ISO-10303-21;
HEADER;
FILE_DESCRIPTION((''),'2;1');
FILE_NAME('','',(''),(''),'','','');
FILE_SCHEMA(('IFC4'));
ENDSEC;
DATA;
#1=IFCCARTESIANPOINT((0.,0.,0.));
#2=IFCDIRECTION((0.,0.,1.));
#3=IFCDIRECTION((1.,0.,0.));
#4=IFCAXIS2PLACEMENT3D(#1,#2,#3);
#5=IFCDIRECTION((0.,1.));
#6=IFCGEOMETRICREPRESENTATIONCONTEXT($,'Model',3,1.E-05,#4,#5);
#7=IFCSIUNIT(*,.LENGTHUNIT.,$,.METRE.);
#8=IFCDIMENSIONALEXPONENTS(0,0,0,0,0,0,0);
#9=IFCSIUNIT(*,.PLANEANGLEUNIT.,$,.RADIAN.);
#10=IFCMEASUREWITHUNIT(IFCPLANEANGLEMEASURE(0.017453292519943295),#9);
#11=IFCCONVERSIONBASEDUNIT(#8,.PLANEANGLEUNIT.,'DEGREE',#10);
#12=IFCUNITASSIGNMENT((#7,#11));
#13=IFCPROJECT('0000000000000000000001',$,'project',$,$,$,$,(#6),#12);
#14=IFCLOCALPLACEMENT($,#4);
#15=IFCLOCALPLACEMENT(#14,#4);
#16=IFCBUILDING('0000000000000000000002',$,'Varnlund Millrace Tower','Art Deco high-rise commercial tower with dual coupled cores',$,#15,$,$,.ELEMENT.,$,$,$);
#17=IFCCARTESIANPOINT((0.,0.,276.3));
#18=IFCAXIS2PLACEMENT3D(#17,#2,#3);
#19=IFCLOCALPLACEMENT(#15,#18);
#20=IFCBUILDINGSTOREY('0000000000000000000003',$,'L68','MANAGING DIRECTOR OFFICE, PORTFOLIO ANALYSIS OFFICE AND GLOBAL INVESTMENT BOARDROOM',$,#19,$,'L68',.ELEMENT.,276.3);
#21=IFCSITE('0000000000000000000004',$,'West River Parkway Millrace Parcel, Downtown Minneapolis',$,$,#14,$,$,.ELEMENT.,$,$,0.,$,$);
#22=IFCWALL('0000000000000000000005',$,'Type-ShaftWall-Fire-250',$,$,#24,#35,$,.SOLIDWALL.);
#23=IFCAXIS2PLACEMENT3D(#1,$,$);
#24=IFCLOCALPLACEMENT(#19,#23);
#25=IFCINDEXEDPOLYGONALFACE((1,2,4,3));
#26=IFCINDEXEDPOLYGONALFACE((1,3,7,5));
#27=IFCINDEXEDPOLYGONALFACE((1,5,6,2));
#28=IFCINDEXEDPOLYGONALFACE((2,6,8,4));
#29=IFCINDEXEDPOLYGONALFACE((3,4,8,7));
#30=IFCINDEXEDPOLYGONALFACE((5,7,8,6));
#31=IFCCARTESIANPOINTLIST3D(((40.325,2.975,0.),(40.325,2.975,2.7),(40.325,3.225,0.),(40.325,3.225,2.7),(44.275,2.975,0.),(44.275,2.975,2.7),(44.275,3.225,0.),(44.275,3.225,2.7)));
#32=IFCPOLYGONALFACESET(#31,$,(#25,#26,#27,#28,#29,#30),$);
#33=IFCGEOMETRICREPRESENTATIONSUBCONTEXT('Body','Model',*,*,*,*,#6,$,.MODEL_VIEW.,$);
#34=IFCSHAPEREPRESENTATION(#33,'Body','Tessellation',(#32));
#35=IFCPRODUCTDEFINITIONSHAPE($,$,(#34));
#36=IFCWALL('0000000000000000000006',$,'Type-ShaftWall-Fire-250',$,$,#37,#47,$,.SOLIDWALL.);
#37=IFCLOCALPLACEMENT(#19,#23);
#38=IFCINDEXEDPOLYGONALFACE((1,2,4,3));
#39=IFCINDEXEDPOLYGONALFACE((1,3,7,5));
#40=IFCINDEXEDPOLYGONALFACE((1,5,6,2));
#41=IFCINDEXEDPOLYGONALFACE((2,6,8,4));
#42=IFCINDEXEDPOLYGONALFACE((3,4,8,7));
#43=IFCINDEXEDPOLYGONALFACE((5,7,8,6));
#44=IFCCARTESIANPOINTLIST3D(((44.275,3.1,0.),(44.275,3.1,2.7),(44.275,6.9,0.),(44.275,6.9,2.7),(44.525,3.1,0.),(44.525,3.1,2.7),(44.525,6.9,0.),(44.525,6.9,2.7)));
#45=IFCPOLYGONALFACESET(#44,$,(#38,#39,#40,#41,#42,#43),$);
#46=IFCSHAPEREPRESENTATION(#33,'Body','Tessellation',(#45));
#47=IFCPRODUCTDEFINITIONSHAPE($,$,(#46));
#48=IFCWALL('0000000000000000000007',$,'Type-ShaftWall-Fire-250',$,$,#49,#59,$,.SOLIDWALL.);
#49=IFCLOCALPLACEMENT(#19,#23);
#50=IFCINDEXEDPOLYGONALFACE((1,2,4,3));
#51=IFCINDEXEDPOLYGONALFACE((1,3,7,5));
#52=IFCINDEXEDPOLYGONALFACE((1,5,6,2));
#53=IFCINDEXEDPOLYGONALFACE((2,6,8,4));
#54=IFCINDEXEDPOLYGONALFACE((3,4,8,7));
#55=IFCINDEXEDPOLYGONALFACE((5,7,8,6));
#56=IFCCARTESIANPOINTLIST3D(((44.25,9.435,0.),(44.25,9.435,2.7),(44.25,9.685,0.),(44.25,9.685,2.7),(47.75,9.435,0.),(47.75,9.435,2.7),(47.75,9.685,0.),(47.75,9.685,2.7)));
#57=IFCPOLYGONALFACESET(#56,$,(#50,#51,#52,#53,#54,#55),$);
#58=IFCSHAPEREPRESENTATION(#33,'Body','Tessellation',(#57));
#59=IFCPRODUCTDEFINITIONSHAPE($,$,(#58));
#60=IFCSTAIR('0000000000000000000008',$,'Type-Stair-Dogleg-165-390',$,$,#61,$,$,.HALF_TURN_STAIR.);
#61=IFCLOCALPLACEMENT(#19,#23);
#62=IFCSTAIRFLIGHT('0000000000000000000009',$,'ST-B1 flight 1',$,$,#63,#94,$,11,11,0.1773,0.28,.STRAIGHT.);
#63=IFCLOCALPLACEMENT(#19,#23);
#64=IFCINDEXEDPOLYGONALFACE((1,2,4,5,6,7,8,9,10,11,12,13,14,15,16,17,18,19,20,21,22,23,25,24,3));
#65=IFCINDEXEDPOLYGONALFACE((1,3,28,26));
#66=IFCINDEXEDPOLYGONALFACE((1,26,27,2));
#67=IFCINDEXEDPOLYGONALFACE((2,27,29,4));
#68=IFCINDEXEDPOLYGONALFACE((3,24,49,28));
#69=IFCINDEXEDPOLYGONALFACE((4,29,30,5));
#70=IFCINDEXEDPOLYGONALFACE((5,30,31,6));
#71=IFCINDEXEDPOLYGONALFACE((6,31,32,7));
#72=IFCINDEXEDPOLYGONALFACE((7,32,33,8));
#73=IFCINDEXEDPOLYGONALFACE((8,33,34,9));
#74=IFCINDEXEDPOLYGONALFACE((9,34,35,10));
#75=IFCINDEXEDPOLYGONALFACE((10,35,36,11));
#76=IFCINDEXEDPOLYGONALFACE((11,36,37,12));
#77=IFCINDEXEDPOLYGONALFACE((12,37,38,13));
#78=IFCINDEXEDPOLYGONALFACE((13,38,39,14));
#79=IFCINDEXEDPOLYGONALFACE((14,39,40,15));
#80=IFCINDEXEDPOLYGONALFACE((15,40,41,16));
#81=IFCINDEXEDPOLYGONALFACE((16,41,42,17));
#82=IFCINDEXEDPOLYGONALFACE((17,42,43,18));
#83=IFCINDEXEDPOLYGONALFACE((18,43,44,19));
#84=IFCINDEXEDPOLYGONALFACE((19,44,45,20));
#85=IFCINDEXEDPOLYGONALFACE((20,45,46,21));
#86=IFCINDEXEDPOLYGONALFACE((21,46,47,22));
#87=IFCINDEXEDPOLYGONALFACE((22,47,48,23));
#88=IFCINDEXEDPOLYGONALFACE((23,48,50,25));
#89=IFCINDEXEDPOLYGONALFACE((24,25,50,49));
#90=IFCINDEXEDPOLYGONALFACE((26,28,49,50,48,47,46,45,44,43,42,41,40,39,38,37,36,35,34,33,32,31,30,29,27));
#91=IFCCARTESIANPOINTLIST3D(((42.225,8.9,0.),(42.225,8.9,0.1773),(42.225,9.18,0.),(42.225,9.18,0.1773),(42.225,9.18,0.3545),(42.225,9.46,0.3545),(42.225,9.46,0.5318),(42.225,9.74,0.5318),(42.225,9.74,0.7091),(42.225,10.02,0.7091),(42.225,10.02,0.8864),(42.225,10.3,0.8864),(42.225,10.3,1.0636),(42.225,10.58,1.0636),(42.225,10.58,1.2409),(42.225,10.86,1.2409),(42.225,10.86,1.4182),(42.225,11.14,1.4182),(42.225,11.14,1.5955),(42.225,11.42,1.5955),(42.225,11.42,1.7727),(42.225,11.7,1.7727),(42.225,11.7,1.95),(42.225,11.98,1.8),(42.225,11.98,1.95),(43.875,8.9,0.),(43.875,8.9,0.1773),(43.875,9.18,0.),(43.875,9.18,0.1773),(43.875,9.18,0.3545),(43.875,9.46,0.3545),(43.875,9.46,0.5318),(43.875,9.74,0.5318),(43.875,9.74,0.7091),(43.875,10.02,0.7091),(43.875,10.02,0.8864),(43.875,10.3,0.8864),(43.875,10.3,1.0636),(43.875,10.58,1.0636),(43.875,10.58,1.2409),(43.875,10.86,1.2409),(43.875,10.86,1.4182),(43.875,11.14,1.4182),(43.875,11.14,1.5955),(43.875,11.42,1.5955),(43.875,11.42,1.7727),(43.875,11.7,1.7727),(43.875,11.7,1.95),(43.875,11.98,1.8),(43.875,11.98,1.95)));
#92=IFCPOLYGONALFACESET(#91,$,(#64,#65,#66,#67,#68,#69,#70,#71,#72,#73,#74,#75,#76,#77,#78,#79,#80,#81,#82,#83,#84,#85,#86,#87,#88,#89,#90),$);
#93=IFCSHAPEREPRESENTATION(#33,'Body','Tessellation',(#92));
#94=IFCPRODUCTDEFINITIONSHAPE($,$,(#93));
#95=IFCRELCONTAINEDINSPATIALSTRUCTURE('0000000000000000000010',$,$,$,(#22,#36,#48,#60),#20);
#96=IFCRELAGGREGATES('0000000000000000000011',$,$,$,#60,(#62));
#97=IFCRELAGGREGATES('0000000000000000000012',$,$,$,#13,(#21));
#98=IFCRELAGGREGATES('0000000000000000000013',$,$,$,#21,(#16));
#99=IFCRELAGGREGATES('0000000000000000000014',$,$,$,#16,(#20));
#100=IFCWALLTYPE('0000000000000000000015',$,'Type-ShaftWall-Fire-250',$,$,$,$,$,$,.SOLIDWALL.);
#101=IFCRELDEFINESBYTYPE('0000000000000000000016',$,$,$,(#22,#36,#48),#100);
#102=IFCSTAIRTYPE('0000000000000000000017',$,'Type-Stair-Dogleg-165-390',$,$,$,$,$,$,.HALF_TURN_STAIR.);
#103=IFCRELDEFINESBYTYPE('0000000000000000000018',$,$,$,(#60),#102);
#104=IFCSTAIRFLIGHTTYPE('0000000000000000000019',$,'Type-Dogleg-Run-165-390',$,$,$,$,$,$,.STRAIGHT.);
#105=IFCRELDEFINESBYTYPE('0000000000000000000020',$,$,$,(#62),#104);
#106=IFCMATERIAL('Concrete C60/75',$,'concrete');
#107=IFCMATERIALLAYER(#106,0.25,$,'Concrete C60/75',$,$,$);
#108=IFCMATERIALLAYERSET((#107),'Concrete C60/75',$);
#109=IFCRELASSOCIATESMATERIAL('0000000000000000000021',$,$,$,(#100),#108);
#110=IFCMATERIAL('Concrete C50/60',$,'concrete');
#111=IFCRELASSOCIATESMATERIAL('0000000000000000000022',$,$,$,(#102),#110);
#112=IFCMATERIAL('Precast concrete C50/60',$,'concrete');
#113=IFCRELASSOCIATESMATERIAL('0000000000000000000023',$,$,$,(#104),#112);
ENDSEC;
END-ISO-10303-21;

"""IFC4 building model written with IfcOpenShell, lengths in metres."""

from ifc_helpers import new_model, entity, si_unit, converted_unit, direction, frame, origin_with_axes, place, context, subcontext, project, spatial, polyline, outline, extrude, material, layer, layer_set, type_object, element, aggregate, save


model = new_model("IFC4")

# Units and contexts
model_context = context("Model", 3, precision=1e-05, world=origin_with_axes(), true_north=direction((0.0, 1.0)))
body_context = subcontext(model_context, "Body", "Model", "MODEL_VIEW")
ifc_project = project(units=[si_unit("LENGTHUNIT", "METRE"), converted_unit("PLANEANGLEUNIT", "DEGREE", entity("IfcPlaneAngleMeasure", 0.017453292519943295), si_unit("PLANEANGLEUNIT", "RADIAN"), dimensions=[0, 0, 0, 0, 0, 0, 0])], contexts=[model_context])

# Site, building, storey
site_placement = place(None, origin_with_axes())
site = spatial("IfcSite", under=ifc_project, at=site_placement, Name="West River Parkway Millrace Parcel, Downtown Minneapolis", CompositionType="ELEMENT", RefElevation=0.0)
building_placement = place(site_placement, origin_with_axes())
building = spatial("IfcBuilding", under=site, at=building_placement, Name="Varnlund Millrace Tower", Description="Art Deco high-rise commercial tower with dual coupled cores", CompositionType="ELEMENT")
storey_placement = place(building_placement, frame((0.0, 0.0, 276.3), z_axis=(0.0, 0.0, 1.0), x_axis=(1.0, 0.0, 0.0)))
storey = spatial("IfcBuildingStorey", under=building, at=storey_placement, Name="L68", Description="MANAGING DIRECTOR OFFICE, PORTFOLIO ANALYSIS OFFICE AND GLOBAL INVESTMENT BOARDROOM", LongName="L68", CompositionType="ELEMENT", Elevation=276.3)

# Shared definitions
ifc_material_1 = material(Name="Concrete C60/75", Category="concrete")

# Shared definitions
ifc_layer = layer(ifc_material_1, 0.25, Name="Concrete C60/75")
ifc_layer_set = layer_set([ifc_layer], Name="Concrete C60/75")
wall_type = type_object("IfcWallType", Name="Type-ShaftWall-Fire-250", PredefinedType="SOLIDWALL", material=ifc_layer_set)

# Walls
wall_1_placement = place(storey_placement, frame((40.325, 3.1, 0.0), z_axis=(0.0, 0.0, 1.0), x_axis=(1.0, 0.0, 0.0)))
element("IfcWall", 1, at=wall_1_placement, inside=storey, type_object=wall_type, Name="Type-ShaftWall-Fire-250", PredefinedType="SOLIDWALL", context=body_context, shape_type="SweptSolid", body=[
    extrude(outline(polyline([(0.0, -0.125), (3.95, -0.125), (3.95, 0.125), (0.0, 0.125), (0.0, -0.125)])), origin_with_axes(), (0.0, 0.0, 1.0), 2.7),
])
wall_2_placement = place(storey_placement, frame((44.4, 3.1, 0.0), z_axis=(0.0, 0.0, 1.0), x_axis=(0.0, 1.0, 0.0)))
element("IfcWall", 2, at=wall_2_placement, inside=storey, type_object=wall_type, Name="Type-ShaftWall-Fire-250", PredefinedType="SOLIDWALL", context=body_context, shape_type="SweptSolid", body=[
    extrude(outline(polyline([(0.0, -0.125), (3.8, -0.125), (3.8, 0.125), (0.0, 0.125), (0.0, -0.125)])), origin_with_axes(), (0.0, 0.0, 1.0), 2.7),
])
wall_3_placement = place(storey_placement, frame((44.25, 9.56, 0.0), z_axis=(0.0, 0.0, 1.0), x_axis=(1.0, 0.0, 0.0)))
element("IfcWall", 3, at=wall_3_placement, inside=storey, type_object=wall_type, Name="Type-ShaftWall-Fire-250", PredefinedType="SOLIDWALL", context=body_context, shape_type="SweptSolid", body=[
    extrude(outline(polyline([(0.0, -0.125), (3.5, -0.125), (3.5, 0.125), (0.0, 0.125), (0.0, -0.125)])), origin_with_axes(), (0.0, 0.0, 1.0), 2.7),
])

# Stair, stair flight
ifc_material_2 = material(Name="Concrete C50/60", Category="concrete")
stair_type = type_object("IfcStairType", Name="Type-Stair-Dogleg-165-390", PredefinedType="HALF_TURN_STAIR", material=ifc_material_2)
stair_placement = place(storey_placement, origin_with_axes())
stair = element("IfcStair", 4, at=stair_placement, inside=storey, type_object=stair_type, Name="Type-Stair-Dogleg-165-390", PredefinedType="HALF_TURN_STAIR")
ifc_material_3 = material(Name="Precast concrete C50/60", Category="concrete")
stair_flight_type = type_object("IfcStairFlightType", Name="Type-Dogleg-Run-165-390", PredefinedType="STRAIGHT", material=ifc_material_3)
stair_flight_placement = place(storey_placement, frame((42.225, 8.9, 0.0), z_axis=(1.0, 0.0, 0.0), x_axis=(0.0, 1.0, 0.0)))
stair_flight = element("IfcStairFlight", 5, at=stair_flight_placement, type_object=stair_flight_type, Name="ST-B1 flight 1", NumberOfRisers=11, NumberOfTreads=11, PredefinedType="STRAIGHT", RiserHeight=0.1773, TreadLength=0.28, context=body_context, shape_type="SweptSolid", body=[
    extrude(outline(polyline([(0.0, 0.0), (0.0, 0.1773), (0.28, 0.1773), (0.28, 0.3545), (0.56, 0.3545), (0.56, 0.5318), (0.84, 0.5318), (0.84, 0.7091), (1.12, 0.7091), (1.12, 0.8864), (1.4, 0.8864), (1.4, 1.0636), (1.68, 1.0636), (1.68, 1.2409), (1.96, 1.2409), (1.96, 1.4182), (2.24, 1.4182), (2.24, 1.5955), (2.52, 1.5955), (2.52, 1.7727), (2.8, 1.7727), (2.8, 1.95), (3.08, 1.95), (3.08, 1.8), (0.28, 0.0), (0.0, 0.0)])), origin_with_axes(), (0.0, 0.0, 1.0), 1.65),
])
aggregate(stair, [stair_flight])

save(model, "model.ifc")
